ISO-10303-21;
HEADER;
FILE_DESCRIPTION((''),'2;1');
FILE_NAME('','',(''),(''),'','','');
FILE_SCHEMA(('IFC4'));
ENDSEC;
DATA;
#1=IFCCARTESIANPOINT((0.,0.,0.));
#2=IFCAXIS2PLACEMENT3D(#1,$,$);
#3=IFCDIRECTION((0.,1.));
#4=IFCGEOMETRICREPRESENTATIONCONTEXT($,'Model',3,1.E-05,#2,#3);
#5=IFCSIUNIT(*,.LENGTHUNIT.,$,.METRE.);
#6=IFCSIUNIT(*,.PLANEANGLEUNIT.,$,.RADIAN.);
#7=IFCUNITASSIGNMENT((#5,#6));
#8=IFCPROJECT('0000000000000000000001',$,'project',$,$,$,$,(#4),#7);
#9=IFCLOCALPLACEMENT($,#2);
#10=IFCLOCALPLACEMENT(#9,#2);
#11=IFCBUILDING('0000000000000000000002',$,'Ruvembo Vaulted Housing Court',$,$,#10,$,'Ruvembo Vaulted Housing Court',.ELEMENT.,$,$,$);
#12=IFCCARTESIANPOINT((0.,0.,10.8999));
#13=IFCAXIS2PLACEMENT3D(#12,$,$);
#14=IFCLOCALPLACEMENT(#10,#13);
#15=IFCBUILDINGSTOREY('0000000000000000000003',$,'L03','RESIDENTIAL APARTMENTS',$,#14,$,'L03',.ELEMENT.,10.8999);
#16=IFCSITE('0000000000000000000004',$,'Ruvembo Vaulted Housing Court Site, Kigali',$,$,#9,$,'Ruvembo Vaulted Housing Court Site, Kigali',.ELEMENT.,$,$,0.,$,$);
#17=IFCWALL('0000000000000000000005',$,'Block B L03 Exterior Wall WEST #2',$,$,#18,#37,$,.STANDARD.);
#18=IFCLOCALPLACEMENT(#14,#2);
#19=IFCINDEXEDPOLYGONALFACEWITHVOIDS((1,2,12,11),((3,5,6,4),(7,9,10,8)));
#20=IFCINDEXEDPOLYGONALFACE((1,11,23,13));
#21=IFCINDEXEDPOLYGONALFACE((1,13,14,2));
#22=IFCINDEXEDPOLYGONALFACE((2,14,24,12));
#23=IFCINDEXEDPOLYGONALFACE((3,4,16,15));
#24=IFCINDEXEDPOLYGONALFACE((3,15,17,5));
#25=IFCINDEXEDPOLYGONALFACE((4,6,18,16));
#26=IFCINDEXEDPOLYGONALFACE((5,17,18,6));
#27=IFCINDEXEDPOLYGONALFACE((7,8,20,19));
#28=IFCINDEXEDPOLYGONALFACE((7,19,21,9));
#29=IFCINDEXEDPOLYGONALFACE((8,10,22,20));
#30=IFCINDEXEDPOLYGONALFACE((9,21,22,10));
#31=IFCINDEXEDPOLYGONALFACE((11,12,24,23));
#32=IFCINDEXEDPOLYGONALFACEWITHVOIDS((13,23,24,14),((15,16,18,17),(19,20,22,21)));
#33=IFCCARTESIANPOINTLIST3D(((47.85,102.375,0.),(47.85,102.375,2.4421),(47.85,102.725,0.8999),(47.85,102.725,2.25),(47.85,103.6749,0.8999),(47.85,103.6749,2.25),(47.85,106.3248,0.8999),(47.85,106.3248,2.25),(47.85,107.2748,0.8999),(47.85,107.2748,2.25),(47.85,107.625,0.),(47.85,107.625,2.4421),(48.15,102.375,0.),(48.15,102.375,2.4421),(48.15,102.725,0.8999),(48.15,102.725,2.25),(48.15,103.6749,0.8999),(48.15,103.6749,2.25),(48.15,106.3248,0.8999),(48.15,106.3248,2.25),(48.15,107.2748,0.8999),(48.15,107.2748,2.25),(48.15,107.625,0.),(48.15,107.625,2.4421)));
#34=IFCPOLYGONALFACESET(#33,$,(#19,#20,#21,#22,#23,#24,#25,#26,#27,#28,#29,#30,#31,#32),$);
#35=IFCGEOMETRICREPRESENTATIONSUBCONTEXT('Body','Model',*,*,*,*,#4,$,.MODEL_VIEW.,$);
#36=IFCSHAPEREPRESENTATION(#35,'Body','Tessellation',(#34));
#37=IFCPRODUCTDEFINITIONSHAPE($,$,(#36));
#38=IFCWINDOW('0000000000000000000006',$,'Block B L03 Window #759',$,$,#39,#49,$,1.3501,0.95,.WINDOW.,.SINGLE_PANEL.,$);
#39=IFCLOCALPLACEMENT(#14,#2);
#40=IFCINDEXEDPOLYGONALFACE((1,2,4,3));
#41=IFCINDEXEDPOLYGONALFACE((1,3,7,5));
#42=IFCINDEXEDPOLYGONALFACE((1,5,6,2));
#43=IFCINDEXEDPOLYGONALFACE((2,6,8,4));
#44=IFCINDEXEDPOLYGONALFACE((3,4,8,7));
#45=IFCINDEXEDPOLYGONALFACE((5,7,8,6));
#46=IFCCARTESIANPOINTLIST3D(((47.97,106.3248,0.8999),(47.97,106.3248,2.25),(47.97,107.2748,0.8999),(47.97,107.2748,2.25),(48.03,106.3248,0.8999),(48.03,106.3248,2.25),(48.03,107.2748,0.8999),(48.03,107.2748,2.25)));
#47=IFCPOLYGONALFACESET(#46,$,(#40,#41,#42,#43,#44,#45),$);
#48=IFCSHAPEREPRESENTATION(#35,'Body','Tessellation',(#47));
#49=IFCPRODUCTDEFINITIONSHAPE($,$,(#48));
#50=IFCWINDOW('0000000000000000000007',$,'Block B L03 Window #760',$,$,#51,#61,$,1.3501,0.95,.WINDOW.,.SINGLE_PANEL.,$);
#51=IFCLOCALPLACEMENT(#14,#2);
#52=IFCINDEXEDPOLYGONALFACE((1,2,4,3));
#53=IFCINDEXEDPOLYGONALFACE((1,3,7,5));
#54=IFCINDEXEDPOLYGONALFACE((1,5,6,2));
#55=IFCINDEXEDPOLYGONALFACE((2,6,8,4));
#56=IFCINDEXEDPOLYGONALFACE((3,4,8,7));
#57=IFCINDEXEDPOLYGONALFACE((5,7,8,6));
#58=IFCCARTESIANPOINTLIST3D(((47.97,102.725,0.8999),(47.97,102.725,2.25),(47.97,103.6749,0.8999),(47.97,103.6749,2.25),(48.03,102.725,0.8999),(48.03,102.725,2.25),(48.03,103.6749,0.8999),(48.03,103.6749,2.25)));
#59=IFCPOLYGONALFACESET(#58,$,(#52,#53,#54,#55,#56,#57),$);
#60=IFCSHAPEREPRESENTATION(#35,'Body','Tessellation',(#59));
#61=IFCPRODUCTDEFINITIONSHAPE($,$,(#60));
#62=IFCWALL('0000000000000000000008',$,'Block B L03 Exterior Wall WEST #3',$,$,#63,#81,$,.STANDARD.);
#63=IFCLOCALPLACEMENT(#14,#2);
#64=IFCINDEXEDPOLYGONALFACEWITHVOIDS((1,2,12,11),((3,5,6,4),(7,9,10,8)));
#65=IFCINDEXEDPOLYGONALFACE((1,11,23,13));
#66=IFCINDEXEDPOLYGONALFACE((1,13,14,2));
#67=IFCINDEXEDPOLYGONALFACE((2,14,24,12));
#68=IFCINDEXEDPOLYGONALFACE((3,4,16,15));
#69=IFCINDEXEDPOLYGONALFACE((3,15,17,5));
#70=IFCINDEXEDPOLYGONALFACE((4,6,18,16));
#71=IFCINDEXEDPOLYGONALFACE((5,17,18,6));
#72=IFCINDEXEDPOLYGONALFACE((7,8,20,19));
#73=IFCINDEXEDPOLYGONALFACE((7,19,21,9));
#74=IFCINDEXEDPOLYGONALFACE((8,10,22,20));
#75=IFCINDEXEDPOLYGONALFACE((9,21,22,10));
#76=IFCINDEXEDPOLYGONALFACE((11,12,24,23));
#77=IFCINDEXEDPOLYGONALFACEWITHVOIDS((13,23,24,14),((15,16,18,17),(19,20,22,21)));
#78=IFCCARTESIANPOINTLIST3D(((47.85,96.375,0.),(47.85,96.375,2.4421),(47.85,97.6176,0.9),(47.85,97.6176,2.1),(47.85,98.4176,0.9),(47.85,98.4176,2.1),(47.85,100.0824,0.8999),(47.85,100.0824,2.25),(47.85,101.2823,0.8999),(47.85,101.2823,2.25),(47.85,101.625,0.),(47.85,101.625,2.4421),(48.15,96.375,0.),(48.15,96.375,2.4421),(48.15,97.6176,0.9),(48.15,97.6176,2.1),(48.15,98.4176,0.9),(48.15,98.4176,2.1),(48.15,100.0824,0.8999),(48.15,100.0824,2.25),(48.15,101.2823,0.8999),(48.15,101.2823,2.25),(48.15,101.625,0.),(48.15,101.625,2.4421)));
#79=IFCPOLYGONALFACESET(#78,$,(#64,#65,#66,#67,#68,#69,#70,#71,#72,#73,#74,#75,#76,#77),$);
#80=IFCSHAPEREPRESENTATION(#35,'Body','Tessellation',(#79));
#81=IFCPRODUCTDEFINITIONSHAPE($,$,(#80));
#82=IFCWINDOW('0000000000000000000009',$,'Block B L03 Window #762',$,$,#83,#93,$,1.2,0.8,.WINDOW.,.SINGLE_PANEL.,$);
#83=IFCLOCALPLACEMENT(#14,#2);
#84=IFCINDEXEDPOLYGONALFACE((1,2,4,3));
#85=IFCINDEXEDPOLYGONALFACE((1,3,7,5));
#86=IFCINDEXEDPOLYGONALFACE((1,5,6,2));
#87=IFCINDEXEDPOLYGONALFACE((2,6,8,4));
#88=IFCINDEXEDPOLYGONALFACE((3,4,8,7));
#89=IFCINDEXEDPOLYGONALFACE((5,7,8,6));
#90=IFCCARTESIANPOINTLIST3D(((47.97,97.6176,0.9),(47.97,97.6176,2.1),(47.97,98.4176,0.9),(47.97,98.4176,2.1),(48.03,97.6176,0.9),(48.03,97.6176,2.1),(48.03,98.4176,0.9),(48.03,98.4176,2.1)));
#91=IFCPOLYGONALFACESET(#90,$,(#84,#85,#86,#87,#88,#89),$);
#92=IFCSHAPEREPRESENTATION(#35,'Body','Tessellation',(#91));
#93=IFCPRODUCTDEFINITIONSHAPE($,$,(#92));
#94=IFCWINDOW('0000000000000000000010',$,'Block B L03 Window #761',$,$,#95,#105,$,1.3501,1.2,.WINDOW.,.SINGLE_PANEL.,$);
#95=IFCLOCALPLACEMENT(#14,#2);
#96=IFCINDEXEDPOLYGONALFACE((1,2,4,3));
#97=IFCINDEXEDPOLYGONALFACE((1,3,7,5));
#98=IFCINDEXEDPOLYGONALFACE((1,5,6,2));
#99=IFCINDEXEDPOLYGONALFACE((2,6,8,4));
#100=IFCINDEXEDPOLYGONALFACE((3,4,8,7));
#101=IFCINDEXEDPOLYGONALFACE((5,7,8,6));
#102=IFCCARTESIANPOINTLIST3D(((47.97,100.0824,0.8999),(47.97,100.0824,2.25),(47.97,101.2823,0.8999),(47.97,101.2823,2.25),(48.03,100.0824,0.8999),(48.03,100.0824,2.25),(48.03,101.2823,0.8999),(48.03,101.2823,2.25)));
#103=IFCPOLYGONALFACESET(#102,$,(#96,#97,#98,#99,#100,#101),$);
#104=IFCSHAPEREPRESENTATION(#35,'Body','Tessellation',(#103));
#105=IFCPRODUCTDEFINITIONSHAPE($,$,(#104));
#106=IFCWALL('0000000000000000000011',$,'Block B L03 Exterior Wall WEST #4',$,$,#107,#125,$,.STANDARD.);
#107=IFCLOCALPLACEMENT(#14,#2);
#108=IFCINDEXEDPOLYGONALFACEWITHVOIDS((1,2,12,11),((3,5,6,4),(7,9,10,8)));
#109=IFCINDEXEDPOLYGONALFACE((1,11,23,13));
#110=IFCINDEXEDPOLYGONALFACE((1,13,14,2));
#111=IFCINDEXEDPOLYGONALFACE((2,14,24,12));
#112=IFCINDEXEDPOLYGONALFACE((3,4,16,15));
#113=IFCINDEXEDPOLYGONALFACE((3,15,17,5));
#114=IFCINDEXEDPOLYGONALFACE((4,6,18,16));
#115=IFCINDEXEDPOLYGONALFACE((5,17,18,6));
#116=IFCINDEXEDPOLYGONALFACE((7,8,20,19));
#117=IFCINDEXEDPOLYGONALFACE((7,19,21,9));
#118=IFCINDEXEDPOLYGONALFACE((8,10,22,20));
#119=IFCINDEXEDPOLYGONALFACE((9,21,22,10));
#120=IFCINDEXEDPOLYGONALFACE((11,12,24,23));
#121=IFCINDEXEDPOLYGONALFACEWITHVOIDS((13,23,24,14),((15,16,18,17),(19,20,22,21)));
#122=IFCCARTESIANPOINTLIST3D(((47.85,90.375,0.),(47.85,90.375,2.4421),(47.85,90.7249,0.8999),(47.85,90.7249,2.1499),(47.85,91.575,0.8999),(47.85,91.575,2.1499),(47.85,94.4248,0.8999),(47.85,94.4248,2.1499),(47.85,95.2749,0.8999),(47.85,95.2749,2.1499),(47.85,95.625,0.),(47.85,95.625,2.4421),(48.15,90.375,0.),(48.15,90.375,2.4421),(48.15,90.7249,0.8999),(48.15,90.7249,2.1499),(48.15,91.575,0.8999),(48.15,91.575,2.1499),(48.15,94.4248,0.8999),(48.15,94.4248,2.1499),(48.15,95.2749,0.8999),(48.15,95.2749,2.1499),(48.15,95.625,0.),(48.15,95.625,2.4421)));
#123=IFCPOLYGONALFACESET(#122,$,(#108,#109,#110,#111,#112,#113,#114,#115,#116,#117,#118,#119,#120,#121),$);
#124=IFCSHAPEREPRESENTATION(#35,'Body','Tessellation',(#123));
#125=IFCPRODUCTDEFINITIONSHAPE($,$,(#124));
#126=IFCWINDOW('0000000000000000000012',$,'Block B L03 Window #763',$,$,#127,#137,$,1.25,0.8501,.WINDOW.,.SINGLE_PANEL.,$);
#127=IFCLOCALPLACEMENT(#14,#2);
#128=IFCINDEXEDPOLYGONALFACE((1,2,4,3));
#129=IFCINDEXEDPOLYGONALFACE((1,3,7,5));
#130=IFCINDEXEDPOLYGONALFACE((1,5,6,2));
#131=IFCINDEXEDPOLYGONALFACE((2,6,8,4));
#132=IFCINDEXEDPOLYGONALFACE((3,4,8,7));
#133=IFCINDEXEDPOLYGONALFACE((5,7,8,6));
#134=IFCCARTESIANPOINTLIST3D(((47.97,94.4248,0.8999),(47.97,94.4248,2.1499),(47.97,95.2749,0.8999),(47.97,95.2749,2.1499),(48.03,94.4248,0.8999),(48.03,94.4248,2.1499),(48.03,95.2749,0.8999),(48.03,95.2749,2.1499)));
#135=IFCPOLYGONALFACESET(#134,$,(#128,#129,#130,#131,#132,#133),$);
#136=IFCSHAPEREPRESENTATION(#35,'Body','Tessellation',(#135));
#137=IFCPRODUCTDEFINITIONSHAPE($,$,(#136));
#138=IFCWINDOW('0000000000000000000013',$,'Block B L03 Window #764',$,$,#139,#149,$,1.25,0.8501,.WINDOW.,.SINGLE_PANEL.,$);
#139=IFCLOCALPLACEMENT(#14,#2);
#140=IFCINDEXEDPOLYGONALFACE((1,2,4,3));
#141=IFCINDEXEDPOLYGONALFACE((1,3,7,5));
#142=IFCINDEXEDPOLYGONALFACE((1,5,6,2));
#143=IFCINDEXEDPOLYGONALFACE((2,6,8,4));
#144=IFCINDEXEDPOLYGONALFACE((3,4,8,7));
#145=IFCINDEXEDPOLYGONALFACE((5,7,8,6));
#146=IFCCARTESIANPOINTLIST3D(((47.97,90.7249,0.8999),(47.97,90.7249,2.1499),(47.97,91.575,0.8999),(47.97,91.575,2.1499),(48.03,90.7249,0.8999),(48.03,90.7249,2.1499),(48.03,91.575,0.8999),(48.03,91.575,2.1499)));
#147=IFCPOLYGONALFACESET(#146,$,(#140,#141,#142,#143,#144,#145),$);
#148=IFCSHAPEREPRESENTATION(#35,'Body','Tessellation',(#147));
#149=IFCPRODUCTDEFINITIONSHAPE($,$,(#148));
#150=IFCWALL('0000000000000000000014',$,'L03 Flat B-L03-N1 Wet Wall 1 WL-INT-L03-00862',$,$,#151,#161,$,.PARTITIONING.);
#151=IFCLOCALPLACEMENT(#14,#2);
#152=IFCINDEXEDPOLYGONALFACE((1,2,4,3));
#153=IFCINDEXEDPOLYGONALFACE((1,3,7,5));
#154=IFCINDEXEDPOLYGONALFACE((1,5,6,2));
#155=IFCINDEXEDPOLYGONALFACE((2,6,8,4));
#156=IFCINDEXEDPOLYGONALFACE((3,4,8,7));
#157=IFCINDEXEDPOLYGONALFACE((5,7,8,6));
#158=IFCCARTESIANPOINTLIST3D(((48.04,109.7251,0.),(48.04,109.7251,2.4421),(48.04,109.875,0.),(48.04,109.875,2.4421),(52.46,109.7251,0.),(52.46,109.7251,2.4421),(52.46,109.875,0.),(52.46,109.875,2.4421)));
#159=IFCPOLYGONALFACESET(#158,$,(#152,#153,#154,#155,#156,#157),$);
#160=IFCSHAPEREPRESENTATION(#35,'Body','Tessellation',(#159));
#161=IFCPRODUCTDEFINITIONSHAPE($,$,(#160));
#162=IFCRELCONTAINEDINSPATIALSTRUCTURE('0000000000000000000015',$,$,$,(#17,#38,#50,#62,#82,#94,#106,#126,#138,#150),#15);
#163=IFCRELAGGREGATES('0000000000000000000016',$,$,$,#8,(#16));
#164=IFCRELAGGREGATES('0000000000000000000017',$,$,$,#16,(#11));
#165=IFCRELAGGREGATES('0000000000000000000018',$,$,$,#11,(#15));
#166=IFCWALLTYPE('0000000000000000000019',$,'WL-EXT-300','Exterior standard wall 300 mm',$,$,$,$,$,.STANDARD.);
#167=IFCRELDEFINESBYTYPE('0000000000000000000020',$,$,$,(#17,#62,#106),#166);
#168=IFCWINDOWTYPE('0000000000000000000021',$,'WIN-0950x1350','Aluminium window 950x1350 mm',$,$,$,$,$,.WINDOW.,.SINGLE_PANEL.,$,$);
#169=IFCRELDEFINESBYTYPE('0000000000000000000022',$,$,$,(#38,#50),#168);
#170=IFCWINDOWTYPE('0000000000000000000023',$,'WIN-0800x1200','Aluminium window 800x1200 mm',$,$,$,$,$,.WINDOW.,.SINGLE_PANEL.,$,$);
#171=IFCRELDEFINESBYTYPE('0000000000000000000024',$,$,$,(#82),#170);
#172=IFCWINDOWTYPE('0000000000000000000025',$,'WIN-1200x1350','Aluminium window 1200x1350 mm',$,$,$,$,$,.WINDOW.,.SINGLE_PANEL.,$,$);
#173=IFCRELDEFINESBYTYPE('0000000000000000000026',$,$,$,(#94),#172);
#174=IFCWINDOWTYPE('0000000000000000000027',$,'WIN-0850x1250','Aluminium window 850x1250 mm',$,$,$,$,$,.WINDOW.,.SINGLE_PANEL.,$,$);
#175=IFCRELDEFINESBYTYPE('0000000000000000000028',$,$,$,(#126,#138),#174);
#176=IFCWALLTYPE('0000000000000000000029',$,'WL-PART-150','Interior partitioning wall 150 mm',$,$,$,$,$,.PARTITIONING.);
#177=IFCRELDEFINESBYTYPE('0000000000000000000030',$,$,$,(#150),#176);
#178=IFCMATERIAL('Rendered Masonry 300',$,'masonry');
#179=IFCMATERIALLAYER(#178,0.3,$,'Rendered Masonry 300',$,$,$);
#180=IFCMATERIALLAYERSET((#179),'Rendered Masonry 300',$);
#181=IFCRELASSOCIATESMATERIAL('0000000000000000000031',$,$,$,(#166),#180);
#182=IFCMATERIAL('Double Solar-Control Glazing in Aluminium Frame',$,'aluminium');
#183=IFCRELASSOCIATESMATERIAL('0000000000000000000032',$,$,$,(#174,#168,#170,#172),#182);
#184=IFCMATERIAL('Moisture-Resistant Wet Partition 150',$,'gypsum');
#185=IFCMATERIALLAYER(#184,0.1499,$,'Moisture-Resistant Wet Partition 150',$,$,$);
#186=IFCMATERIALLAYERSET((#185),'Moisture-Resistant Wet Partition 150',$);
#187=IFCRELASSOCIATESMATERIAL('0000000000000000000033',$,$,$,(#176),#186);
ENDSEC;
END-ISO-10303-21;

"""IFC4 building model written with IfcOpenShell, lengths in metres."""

from ifc_helpers import new_model, si_unit, direction, frame, frame_2d, origin, place, context, subcontext, project, spatial, rectangle, extrude, material, layer, layer_set, type_object, element, fill, save


model = new_model("IFC4")

# Units and contexts
model_context = context("Model", 3, precision=1e-05, world=origin(), true_north=direction((0.0, 1.0)))
body_context = subcontext(model_context, "Body", "Model", "MODEL_VIEW")
ifc_project = project(units=[si_unit("LENGTHUNIT", "METRE"), si_unit("PLANEANGLEUNIT", "RADIAN")], contexts=[model_context])

# Site, building, storey
site_placement = place(None, origin())
site = spatial("IfcSite", under=ifc_project, at=site_placement, Name="Ruvembo Vaulted Housing Court Site, Kigali", LongName="Ruvembo Vaulted Housing Court Site, Kigali", CompositionType="ELEMENT", RefElevation=0.0)
building_placement = place(site_placement, origin())
building = spatial("IfcBuilding", under=site, at=building_placement, Name="Ruvembo Vaulted Housing Court", LongName="Ruvembo Vaulted Housing Court", CompositionType="ELEMENT")
storey_placement = place(building_placement, frame((0.0, 0.0, 10.8999)))
storey = spatial("IfcBuildingStorey", under=building, at=storey_placement, Name="L03", Description="RESIDENTIAL APARTMENTS", LongName="L03", CompositionType="ELEMENT", Elevation=10.8999)

# Walls, openings, windows
ifc_material_1 = material(Name="Rendered Masonry 300", Category="masonry")
ifc_layer_1 = layer(ifc_material_1, 0.3, Name="Rendered Masonry 300")
ifc_layer_set_1 = layer_set([ifc_layer_1], Name="Rendered Masonry 300")
wall_type_1 = type_object("IfcWallType", Name="WL-EXT-300", Description="Exterior standard wall 300 mm", PredefinedType="STANDARD", material=ifc_layer_set_1)
ifc_material_2 = material(Name="Double Solar-Control Glazing in Aluminium Frame", Category="aluminium")
window_type_1 = type_object("IfcWindowType", Name="WIN-0850x1250", Description="Aluminium window 850x1250 mm", PartitioningType="SINGLE_PANEL", PredefinedType="WINDOW", material=ifc_material_2)
wall_1_placement = place(storey_placement, frame((48.0, 107.625, 0.0), z_axis=(0.0, 0.0, 1.0), x_axis=(0.0, -1.0, 0.0)))
wall_1 = element("IfcWall", 1, at=wall_1_placement, inside=storey, type_object=wall_type_1, Name="Block B L03 Exterior Wall WEST #2", PredefinedType="STANDARD", context=body_context, shape_type="SweptSolid", body=[
    extrude(rectangle(XDim=5.25, YDim=0.3, at=frame_2d((2.625, 0.0))), origin(), (0.0, 0.0, 1.0), 2.4421),
])
opening_1_placement = place(wall_1_placement, frame((0.3501, 0.0, 0.8999)))
opening_1 = element("IfcOpeningElement", 2, at=opening_1_placement, cuts=wall_1, PredefinedType="OPENING", context=body_context, shape_type="SweptSolid", body=[
    extrude(rectangle(XDim=0.95, YDim=1.3501, at=frame_2d((0.4751, 0.675))), frame((0.0, 0.1599, 0.0), z_axis=(0.0, -1.0, 0.0), x_axis=(1.0, 0.0, 0.0)), (0.0, 0.0, 1.0), 0.3201),
])
opening_2_placement = place(wall_1_placement, frame((3.95, 0.0, 0.8999)))
opening_2 = element("IfcOpeningElement", 3, at=opening_2_placement, cuts=wall_1, PredefinedType="OPENING", context=body_context, shape_type="SweptSolid", body=[
    extrude(rectangle(XDim=0.95, YDim=1.3501, at=frame_2d((0.4751, 0.675))), frame((0.0, 0.1599, 0.0), z_axis=(0.0, -1.0, 0.0), x_axis=(1.0, 0.0, 0.0)), (0.0, 0.0, 1.0), 0.3201),
])
window_type_2 = type_object("IfcWindowType", Name="WIN-0950x1350", Description="Aluminium window 950x1350 mm", PartitioningType="SINGLE_PANEL", PredefinedType="WINDOW", material=ifc_material_2)
window_1_placement = place(opening_1_placement, origin())
window_1 = element("IfcWindow", 4, at=window_1_placement, inside=storey, type_object=window_type_2, Name="Block B L03 Window #759", OverallHeight=1.3501, OverallWidth=0.95, PartitioningType="SINGLE_PANEL", PredefinedType="WINDOW", context=body_context, shape_type="SweptSolid", body=[
    extrude(rectangle(XDim=0.95, YDim=1.3501, at=frame_2d((0.4751, 0.675))), frame((0.0, 0.03, 0.0), z_axis=(0.0, -1.0, 0.0), x_axis=(1.0, 0.0, 0.0)), (0.0, 0.0, 1.0), 0.0601),
])
fill(opening_1, window_1)
window_2_placement = place(opening_2_placement, origin())
window_2 = element("IfcWindow", 5, at=window_2_placement, inside=storey, type_object=window_type_2, Name="Block B L03 Window #760", OverallHeight=1.3501, OverallWidth=0.95, PartitioningType="SINGLE_PANEL", PredefinedType="WINDOW", context=body_context, shape_type="SweptSolid", body=[
    extrude(rectangle(XDim=0.95, YDim=1.3501, at=frame_2d((0.4751, 0.675))), frame((0.0, 0.03, 0.0), z_axis=(0.0, -1.0, 0.0), x_axis=(1.0, 0.0, 0.0)), (0.0, 0.0, 1.0), 0.0601),
])
fill(opening_2, window_2)
wall_2_placement = place(storey_placement, frame((48.0, 101.625, 0.0), z_axis=(0.0, 0.0, 1.0), x_axis=(0.0, -1.0, 0.0)))
wall_2 = element("IfcWall", 6, at=wall_2_placement, inside=storey, type_object=wall_type_1, Name="Block B L03 Exterior Wall WEST #3", PredefinedType="STANDARD", context=body_context, shape_type="SweptSolid", body=[
    extrude(rectangle(XDim=5.25, YDim=0.3, at=frame_2d((2.625, 0.0))), origin(), (0.0, 0.0, 1.0), 2.4421),
])
opening_3_placement = place(wall_2_placement, frame((0.3425, 0.0, 0.8999)))
opening_3 = element("IfcOpeningElement", 7, at=opening_3_placement, cuts=wall_2, PredefinedType="OPENING", context=body_context, shape_type="SweptSolid", body=[
    extrude(rectangle(XDim=1.2, YDim=1.3501, at=frame_2d((0.6001, 0.675))), frame((0.0, 0.1599, 0.0), z_axis=(0.0, -1.0, 0.0), x_axis=(1.0, 0.0, 0.0)), (0.0, 0.0, 1.0), 0.3201),
])
opening_4_placement = place(wall_2_placement, frame((3.2075, 0.0, 0.8999)))
opening_4 = element("IfcOpeningElement", 8, at=opening_4_placement, cuts=wall_2, PredefinedType="OPENING", context=body_context, shape_type="SweptSolid", body=[
    extrude(rectangle(XDim=0.8, YDim=1.2, at=frame_2d((0.3999, 0.6001))), frame((0.0, 0.1599, 0.0), z_axis=(0.0, -1.0, 0.0), x_axis=(1.0, 0.0, 0.0)), (0.0, 0.0, 1.0), 0.3201),
])
window_type_3 = type_object("IfcWindowType", Name="WIN-0800x1200", Description="Aluminium window 800x1200 mm", PartitioningType="SINGLE_PANEL", PredefinedType="WINDOW", material=ifc_material_2)
window_3_placement = place(opening_4_placement, origin())
window_3 = element("IfcWindow", 9, at=window_3_placement, inside=storey, type_object=window_type_3, Name="Block B L03 Window #762", OverallHeight=1.2, OverallWidth=0.8, PartitioningType="SINGLE_PANEL", PredefinedType="WINDOW", context=body_context, shape_type="SweptSolid", body=[
    extrude(rectangle(XDim=0.8, YDim=1.2, at=frame_2d((0.3999, 0.6001))), frame((0.0, 0.03, 0.0), z_axis=(0.0, -1.0, 0.0), x_axis=(1.0, 0.0, 0.0)), (0.0, 0.0, 1.0), 0.0601),
])
fill(opening_4, window_3)
window_type_4 = type_object("IfcWindowType", Name="WIN-1200x1350", Description="Aluminium window 1200x1350 mm", PartitioningType="SINGLE_PANEL", PredefinedType="WINDOW", material=ifc_material_2)
window_4_placement = place(opening_3_placement, origin())
window_4 = element("IfcWindow", 10, at=window_4_placement, inside=storey, type_object=window_type_4, Name="Block B L03 Window #761", OverallHeight=1.3501, OverallWidth=1.2, PartitioningType="SINGLE_PANEL", PredefinedType="WINDOW", context=body_context, shape_type="SweptSolid", body=[
    extrude(rectangle(XDim=1.2, YDim=1.3501, at=frame_2d((0.6001, 0.675))), frame((0.0, 0.03, 0.0), z_axis=(0.0, -1.0, 0.0), x_axis=(1.0, 0.0, 0.0)), (0.0, 0.0, 1.0), 0.0601),
])
fill(opening_3, window_4)
wall_3_placement = place(storey_placement, frame((48.0, 95.625, 0.0), z_axis=(0.0, 0.0, 1.0), x_axis=(0.0, -1.0, 0.0)))
wall_3 = element("IfcWall", 11, at=wall_3_placement, inside=storey, type_object=wall_type_1, Name="Block B L03 Exterior Wall WEST #4", PredefinedType="STANDARD", context=body_context, shape_type="SweptSolid", body=[
    extrude(rectangle(XDim=5.25, YDim=0.3, at=frame_2d((2.625, 0.0))), origin(), (0.0, 0.0, 1.0), 2.4421),
])
opening_5_placement = place(wall_3_placement, frame((0.3501, 0.0, 0.8999)))
opening_5 = element("IfcOpeningElement", 12, at=opening_5_placement, cuts=wall_3, PredefinedType="OPENING", context=body_context, shape_type="SweptSolid", body=[
    extrude(rectangle(XDim=0.8501, YDim=1.25, at=frame_2d((0.425, 0.625))), frame((0.0, 0.1599, 0.0), z_axis=(0.0, -1.0, 0.0), x_axis=(1.0, 0.0, 0.0)), (0.0, 0.0, 1.0), 0.3201),
])
opening_6_placement = place(wall_3_placement, frame((4.05, 0.0, 0.8999)))
opening_6 = element("IfcOpeningElement", 13, at=opening_6_placement, cuts=wall_3, PredefinedType="OPENING", context=body_context, shape_type="SweptSolid", body=[
    extrude(rectangle(XDim=0.8501, YDim=1.25, at=frame_2d((0.425, 0.625))), frame((0.0, 0.1599, 0.0), z_axis=(0.0, -1.0, 0.0), x_axis=(1.0, 0.0, 0.0)), (0.0, 0.0, 1.0), 0.3201),
])
window_5_placement = place(opening_5_placement, origin())
window_5 = element("IfcWindow", 14, at=window_5_placement, inside=storey, type_object=window_type_1, Name="Block B L03 Window #763", OverallHeight=1.25, OverallWidth=0.8501, PartitioningType="SINGLE_PANEL", PredefinedType="WINDOW", context=body_context, shape_type="SweptSolid", body=[
    extrude(rectangle(XDim=0.8501, YDim=1.25, at=frame_2d((0.425, 0.625))), frame((0.0, 0.03, 0.0), z_axis=(0.0, -1.0, 0.0), x_axis=(1.0, 0.0, 0.0)), (0.0, 0.0, 1.0), 0.0601),
])
fill(opening_5, window_5)
window_6_placement = place(opening_6_placement, origin())
window_6 = element("IfcWindow", 15, at=window_6_placement, inside=storey, type_object=window_type_1, Name="Block B L03 Window #764", OverallHeight=1.25, OverallWidth=0.8501, PartitioningType="SINGLE_PANEL", PredefinedType="WINDOW", context=body_context, shape_type="SweptSolid", body=[
    extrude(rectangle(XDim=0.8501, YDim=1.25, at=frame_2d((0.425, 0.625))), frame((0.0, 0.03, 0.0), z_axis=(0.0, -1.0, 0.0), x_axis=(1.0, 0.0, 0.0)), (0.0, 0.0, 1.0), 0.0601),
])
fill(opening_6, window_6)

# Wall
ifc_material_3 = material(Name="Moisture-Resistant Wet Partition 150", Category="gypsum")
ifc_layer_2 = layer(ifc_material_3, 0.1499, Name="Moisture-Resistant Wet Partition 150")
ifc_layer_set_2 = layer_set([ifc_layer_2], Name="Moisture-Resistant Wet Partition 150")
wall_type_2 = type_object("IfcWallType", Name="WL-PART-150", Description="Interior partitioning wall 150 mm", PredefinedType="PARTITIONING", material=ifc_layer_set_2)
wall_4_placement = place(storey_placement, frame((48.04, 109.8, 0.0), z_axis=(0.0, 0.0, 1.0), x_axis=(1.0, 0.0, 0.0)))
element("IfcWall", 16, at=wall_4_placement, inside=storey, type_object=wall_type_2, Name="L03 Flat B-L03-N1 Wet Wall 1 WL-INT-L03-00862", PredefinedType="PARTITIONING", context=body_context, shape_type="SweptSolid", body=[
    extrude(rectangle(XDim=4.4199, YDim=0.1499, at=frame_2d((2.21, 0.0))), origin(), (0.0, 0.0, 1.0), 2.4421),
])

save(model, "model.ifc")
